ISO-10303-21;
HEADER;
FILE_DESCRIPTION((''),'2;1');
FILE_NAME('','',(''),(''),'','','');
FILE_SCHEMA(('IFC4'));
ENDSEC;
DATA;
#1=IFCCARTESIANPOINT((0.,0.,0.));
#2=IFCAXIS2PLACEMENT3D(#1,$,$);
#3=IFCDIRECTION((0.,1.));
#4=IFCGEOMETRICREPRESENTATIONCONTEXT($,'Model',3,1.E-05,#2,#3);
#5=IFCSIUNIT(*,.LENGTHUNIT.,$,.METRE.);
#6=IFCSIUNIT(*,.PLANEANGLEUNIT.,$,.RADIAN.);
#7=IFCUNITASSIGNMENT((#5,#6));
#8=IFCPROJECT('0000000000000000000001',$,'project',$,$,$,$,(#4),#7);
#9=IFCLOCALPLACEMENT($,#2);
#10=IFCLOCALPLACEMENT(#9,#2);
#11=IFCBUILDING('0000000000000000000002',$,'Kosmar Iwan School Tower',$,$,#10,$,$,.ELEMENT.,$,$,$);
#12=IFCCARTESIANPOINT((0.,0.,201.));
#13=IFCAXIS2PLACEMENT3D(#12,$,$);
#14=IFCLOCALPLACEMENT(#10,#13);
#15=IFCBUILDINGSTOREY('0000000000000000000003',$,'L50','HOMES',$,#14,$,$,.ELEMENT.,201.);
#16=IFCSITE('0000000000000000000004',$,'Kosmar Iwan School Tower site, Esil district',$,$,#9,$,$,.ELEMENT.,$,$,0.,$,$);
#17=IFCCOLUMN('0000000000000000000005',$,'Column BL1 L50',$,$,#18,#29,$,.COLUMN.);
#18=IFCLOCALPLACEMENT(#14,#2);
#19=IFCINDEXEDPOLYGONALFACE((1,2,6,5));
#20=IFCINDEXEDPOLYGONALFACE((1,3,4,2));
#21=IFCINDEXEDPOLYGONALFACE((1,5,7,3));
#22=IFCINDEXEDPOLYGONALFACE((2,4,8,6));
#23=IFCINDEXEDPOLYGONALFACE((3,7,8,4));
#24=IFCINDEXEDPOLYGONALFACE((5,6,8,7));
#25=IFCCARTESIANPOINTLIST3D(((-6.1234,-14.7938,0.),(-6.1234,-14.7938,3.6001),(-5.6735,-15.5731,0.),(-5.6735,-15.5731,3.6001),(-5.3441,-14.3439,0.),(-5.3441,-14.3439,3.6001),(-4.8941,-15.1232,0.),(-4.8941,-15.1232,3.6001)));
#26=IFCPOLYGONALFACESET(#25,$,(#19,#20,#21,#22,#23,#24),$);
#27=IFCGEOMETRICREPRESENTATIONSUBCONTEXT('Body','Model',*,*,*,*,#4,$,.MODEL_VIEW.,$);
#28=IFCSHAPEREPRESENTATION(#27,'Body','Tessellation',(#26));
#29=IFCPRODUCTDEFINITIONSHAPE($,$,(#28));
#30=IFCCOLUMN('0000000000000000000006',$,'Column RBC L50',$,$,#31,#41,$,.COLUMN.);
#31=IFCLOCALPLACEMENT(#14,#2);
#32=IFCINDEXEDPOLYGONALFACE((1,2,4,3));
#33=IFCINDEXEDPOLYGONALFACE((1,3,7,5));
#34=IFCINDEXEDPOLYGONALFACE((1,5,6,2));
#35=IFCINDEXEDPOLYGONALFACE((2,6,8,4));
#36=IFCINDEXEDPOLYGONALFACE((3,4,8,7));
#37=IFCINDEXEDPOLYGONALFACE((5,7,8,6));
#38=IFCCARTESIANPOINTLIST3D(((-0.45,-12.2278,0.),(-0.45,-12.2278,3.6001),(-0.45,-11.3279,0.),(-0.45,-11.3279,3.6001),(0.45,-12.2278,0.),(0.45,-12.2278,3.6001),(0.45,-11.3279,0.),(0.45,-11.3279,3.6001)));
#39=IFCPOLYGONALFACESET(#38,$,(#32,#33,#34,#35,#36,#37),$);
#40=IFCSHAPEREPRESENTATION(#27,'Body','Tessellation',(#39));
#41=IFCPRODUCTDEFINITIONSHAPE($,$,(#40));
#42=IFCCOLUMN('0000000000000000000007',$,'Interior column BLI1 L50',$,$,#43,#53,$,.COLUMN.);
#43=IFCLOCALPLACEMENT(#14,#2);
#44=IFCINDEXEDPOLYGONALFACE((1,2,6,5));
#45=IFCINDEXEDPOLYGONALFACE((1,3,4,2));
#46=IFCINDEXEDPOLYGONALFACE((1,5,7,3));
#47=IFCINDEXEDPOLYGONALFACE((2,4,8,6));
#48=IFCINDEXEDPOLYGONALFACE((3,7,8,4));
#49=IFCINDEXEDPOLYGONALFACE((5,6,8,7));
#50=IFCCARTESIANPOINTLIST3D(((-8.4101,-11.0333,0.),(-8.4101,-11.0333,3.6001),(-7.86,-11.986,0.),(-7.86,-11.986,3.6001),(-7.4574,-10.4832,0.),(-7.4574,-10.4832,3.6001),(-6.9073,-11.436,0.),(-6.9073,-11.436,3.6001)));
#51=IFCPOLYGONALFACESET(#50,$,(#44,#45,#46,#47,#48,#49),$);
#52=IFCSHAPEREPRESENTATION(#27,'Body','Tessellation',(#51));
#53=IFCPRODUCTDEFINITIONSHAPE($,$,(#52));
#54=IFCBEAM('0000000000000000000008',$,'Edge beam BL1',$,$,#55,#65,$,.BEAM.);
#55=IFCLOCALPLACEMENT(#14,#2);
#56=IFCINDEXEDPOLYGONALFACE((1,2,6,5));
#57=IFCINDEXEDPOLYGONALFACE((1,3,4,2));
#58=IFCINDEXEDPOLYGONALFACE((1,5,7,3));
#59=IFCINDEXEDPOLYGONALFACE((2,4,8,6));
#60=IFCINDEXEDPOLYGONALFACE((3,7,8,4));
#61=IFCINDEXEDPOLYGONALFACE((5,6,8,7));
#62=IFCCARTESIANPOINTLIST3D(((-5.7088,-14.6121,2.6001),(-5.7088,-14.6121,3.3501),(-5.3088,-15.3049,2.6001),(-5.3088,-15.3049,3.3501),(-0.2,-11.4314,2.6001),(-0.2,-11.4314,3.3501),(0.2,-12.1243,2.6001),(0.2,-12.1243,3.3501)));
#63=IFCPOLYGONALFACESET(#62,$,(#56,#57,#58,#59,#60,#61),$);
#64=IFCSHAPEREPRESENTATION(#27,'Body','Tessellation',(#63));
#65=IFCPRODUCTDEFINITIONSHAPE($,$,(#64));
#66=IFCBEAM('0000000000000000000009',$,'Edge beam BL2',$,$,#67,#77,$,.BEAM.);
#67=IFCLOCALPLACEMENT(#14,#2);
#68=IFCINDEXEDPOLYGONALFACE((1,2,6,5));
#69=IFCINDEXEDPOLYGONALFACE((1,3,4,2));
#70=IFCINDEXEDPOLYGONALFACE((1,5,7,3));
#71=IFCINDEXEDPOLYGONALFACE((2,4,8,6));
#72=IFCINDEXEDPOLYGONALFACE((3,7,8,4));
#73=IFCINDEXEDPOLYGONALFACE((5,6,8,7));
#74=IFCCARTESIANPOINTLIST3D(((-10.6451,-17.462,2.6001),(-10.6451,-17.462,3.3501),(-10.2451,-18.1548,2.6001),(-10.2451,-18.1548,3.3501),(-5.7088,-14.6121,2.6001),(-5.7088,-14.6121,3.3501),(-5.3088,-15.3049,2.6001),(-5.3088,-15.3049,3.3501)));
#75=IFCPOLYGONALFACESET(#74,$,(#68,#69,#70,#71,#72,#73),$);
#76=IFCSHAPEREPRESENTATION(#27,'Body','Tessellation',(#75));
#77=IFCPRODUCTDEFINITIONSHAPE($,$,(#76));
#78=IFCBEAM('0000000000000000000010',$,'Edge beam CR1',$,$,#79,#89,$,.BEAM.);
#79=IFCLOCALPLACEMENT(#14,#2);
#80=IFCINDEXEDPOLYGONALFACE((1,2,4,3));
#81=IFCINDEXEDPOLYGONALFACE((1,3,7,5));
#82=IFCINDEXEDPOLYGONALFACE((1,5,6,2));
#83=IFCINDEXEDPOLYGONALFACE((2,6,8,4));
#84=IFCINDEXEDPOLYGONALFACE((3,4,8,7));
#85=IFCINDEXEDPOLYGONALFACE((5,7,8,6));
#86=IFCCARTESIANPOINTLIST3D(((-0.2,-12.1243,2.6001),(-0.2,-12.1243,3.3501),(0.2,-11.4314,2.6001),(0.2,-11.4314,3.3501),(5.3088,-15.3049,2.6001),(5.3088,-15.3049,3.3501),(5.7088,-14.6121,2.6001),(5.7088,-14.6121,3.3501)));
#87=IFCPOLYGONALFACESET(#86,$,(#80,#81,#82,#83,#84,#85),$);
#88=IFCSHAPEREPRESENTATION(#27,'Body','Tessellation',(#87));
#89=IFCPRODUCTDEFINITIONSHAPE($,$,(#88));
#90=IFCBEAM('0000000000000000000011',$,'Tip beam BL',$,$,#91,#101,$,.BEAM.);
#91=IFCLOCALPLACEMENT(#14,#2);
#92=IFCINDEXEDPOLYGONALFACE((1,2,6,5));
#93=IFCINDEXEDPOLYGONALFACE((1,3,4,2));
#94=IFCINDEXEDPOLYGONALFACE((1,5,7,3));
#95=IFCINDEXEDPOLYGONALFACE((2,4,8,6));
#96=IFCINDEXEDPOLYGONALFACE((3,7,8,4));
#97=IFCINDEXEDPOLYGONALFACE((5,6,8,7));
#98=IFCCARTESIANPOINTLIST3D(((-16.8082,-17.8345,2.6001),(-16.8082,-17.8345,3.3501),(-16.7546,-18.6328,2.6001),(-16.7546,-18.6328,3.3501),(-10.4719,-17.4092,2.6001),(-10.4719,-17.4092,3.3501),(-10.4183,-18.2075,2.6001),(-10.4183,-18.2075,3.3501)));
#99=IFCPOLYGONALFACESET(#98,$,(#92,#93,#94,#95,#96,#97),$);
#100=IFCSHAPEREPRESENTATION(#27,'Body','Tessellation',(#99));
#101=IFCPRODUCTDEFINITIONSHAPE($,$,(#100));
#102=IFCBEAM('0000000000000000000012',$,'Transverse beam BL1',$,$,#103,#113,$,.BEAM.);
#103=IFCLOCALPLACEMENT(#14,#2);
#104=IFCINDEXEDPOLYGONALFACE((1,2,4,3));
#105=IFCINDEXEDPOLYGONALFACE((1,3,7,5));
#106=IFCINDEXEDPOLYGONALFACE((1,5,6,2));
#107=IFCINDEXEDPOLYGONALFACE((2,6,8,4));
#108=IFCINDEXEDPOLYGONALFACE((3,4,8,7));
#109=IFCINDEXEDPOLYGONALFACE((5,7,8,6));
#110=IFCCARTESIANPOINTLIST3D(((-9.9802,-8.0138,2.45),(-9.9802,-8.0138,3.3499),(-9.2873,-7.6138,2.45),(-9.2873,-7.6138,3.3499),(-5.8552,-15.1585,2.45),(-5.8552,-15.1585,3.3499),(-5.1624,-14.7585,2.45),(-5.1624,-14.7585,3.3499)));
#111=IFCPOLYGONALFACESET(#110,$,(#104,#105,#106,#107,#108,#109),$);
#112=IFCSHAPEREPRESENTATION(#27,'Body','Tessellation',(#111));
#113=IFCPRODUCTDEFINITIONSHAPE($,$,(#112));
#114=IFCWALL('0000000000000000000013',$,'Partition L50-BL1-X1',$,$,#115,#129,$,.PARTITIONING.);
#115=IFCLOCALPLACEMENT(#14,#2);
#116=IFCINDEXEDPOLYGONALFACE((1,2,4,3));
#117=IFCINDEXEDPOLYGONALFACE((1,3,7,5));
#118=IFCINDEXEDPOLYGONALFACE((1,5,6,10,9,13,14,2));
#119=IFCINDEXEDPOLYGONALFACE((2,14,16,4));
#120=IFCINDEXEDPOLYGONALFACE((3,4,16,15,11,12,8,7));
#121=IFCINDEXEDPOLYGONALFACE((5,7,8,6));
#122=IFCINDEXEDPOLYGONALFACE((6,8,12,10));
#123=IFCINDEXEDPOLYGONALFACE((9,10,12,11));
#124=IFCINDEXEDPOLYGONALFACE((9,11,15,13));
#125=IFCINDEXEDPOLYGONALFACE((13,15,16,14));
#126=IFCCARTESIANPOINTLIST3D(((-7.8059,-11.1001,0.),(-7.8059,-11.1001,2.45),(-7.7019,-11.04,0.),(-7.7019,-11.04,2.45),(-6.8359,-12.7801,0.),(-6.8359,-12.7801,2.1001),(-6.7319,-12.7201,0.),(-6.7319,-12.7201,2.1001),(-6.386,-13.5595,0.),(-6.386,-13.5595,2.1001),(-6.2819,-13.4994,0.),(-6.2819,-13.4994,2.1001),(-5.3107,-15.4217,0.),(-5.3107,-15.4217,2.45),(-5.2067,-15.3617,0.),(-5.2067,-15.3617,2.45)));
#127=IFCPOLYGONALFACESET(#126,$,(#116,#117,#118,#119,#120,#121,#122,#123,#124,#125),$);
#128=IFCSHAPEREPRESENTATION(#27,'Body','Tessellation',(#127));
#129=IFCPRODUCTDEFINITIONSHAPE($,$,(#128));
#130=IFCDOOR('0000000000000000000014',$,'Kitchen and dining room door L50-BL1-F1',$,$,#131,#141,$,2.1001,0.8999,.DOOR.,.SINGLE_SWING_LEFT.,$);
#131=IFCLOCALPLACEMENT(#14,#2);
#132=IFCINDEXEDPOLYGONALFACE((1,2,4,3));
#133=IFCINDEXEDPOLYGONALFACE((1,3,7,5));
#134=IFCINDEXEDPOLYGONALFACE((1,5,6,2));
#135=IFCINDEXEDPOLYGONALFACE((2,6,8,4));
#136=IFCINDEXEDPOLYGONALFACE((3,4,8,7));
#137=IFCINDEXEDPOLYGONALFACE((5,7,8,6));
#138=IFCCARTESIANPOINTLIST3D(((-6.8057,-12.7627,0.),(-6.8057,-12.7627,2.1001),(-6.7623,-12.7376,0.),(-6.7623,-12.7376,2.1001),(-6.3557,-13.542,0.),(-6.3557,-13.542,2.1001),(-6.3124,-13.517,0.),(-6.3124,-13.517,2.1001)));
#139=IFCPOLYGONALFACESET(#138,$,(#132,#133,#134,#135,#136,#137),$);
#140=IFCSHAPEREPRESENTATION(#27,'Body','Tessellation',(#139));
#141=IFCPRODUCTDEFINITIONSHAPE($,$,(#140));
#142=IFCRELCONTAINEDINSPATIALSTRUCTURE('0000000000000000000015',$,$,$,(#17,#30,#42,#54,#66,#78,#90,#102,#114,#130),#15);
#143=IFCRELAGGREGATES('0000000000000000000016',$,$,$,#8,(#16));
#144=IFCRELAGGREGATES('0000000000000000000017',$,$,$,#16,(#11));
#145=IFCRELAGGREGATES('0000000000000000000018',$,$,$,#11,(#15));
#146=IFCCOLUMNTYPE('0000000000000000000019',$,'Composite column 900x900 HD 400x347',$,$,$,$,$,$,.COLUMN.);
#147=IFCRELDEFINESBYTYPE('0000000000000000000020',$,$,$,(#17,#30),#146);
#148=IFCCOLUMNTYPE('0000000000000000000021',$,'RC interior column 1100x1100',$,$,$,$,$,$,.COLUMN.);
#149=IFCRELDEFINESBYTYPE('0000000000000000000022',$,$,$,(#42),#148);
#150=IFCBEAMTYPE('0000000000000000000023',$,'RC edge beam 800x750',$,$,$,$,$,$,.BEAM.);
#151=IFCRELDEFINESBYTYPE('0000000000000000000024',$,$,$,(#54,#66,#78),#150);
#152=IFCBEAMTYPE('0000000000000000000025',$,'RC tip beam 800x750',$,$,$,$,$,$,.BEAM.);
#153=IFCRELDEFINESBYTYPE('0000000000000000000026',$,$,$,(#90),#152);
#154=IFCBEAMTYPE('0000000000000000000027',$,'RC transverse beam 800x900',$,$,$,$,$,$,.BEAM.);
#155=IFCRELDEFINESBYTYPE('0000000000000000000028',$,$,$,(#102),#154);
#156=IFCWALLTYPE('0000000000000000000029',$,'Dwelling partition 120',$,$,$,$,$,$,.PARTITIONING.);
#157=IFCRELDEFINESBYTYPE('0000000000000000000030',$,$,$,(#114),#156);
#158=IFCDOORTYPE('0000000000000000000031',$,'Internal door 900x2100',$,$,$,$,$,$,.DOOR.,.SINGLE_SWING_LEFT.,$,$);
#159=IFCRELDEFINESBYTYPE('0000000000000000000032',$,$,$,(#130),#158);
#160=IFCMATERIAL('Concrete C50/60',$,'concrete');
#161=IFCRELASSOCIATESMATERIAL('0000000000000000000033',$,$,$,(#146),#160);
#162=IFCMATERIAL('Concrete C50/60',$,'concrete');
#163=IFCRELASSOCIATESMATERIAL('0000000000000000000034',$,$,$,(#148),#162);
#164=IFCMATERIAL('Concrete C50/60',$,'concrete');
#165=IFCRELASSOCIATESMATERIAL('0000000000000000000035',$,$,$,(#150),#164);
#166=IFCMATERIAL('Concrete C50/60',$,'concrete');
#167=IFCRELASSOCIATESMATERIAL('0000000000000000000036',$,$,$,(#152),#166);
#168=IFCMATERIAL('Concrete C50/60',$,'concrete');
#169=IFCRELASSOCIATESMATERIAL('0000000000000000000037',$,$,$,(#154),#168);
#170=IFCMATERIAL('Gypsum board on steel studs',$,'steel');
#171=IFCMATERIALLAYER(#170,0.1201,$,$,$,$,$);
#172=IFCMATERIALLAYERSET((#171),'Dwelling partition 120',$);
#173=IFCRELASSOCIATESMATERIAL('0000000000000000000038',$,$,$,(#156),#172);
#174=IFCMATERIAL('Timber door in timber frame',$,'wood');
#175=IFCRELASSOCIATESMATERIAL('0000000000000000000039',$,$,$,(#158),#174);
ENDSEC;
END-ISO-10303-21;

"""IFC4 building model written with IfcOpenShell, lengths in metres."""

from ifc_helpers import new_model, si_unit, direction, frame, frame_2d, origin, origin_2d, place, context, subcontext, project, spatial, rectangle, extrude, material, layer, layer_set, material_profile, profile_set, type_object, element, fill, save


model = new_model("IFC4")

# Units and contexts
model_context = context("Model", 3, precision=1e-05, world=origin(), true_north=direction((0.0, 1.0)))
body_context = subcontext(model_context, "Body", "Model", "MODEL_VIEW")
ifc_project = project(units=[si_unit("LENGTHUNIT", "METRE"), si_unit("PLANEANGLEUNIT", "RADIAN")], contexts=[model_context])

# Site, building, storey
site_placement = place(None, origin())
site = spatial("IfcSite", under=ifc_project, at=site_placement, Name="Kosmar Iwan School Tower site, Esil district", CompositionType="ELEMENT", RefElevation=0.0)
building_placement = place(site_placement, origin())
building = spatial("IfcBuilding", under=site, at=building_placement, Name="Kosmar Iwan School Tower", CompositionType="ELEMENT")
storey_placement = place(building_placement, frame((0.0, 0.0, 201.0)))
storey = spatial("IfcBuildingStorey", under=building, at=storey_placement, Name="L50", Description="HOMES", CompositionType="ELEMENT", Elevation=201.0)

# Columns
ifc_material_1 = material(Name="Concrete C50/60", Category="concrete")
ifc_material_profile_1 = material_profile(ifc_material_1, rectangle(XDim=0.8999, YDim=0.8999, at=origin_2d()), Name="RC 900x900 + HD 400x347")
ifc_profile_set_1 = profile_set([ifc_material_profile_1], Name="Concrete C50/60")
column_type_1 = type_object("IfcColumnType", Name="Composite column 900x900 HD 400x347", PredefinedType="COLUMN", material=ifc_profile_set_1)
for number, where, z_axis, x_axis, name in (
    (1, (-5.5088, -14.9585, 0.0), (0.0, 0.0, 1.0), (-0.866025, -0.5, 0.0), "Column BL1 L50"),
    (2, (0.0, -11.7778, 0.0), (0.0, 0.0, 1.0), (1.0, 0.0, 0.0), "Column RBC L50"),
):
    element("IfcColumn", number, at=place(storey_placement, frame(where, z_axis=z_axis, x_axis=x_axis)), inside=storey, type_object=column_type_1, Name=name, PredefinedType="COLUMN", context=body_context, shape_type="SweptSolid", body=[
        extrude(rectangle(XDim=0.8999, YDim=0.8999, at=origin_2d()), origin(), (0.0, 0.0, 1.0), 3.6001),
    ])
ifc_material_2 = material(Name="Concrete C50/60", Category="concrete")
ifc_material_profile_2 = material_profile(ifc_material_2, rectangle(XDim=1.1001, YDim=1.1001, at=origin_2d()), Name="RC 1100x1100")
ifc_profile_set_2 = profile_set([ifc_material_profile_2], Name="Concrete C50/60")
column_type_2 = type_object("IfcColumnType", Name="RC interior column 1100x1100", PredefinedType="COLUMN", material=ifc_profile_set_2)
column_placement = place(storey_placement, frame((-7.6587, -11.2346, 0.0), z_axis=(0.0, 0.0, 1.0), x_axis=(-0.866025, -0.5, 0.0)))
element("IfcColumn", 3, at=column_placement, inside=storey, type_object=column_type_2, Name="Interior column BLI1 L50", PredefinedType="COLUMN", context=body_context, shape_type="SweptSolid", body=[
    extrude(rectangle(XDim=1.1001, YDim=1.1001, at=origin_2d()), origin(), (0.0, 0.0, 1.0), 3.6001),
])

# Beams
ifc_material_3 = material(Name="Concrete C50/60", Category="concrete")
ifc_material_profile_3 = material_profile(ifc_material_3, rectangle(XDim=0.8, YDim=0.75, at=origin_2d()), Name="RC 800x750")
ifc_profile_set_3 = profile_set([ifc_material_profile_3], Name="Concrete C50/60")
beam_type_1 = type_object("IfcBeamType", Name="RC edge beam 800x750", PredefinedType="BEAM", material=ifc_profile_set_3)
beam_1_placement = place(storey_placement, frame((0.0, -11.7778, 2.9751), z_axis=(-0.866014, -0.500019, 0.0), x_axis=(0.500019, -0.866014, 0.0)))
element("IfcBeam", 4, at=beam_1_placement, inside=storey, type_object=beam_type_1, Name="Edge beam BL1", PredefinedType="BEAM", context=body_context, shape_type="SweptSolid", body=[
    extrude(rectangle(XDim=0.8, YDim=0.75, at=origin_2d()), origin(), (0.0, 0.0, 1.0), 6.3611),
])
beam_2_placement = place(storey_placement, frame((-5.5088, -14.9585, 2.9751), z_axis=(-0.866034, -0.499986, 0.0), x_axis=(0.499986, -0.866034, 0.0)))
element("IfcBeam", 5, at=beam_2_placement, inside=storey, type_object=beam_type_1, Name="Edge beam BL2", PredefinedType="BEAM", context=body_context, shape_type="SweptSolid", body=[
    extrude(rectangle(XDim=0.8, YDim=0.75, at=origin_2d()), origin(), (0.0, 0.0, 1.0), 5.7),
])
beam_3_placement = place(storey_placement, frame((0.0, -11.7778, 2.9751), z_axis=(0.866014, -0.500019, 0.0), x_axis=(0.500019, 0.866014, 0.0)))
element("IfcBeam", 6, at=beam_3_placement, inside=storey, type_object=beam_type_1, Name="Edge beam CR1", PredefinedType="BEAM", context=body_context, shape_type="SweptSolid", body=[
    extrude(rectangle(XDim=0.8, YDim=0.75, at=origin_2d()), origin(), (0.0, 0.0, 1.0), 6.3611),
])
ifc_material_4 = material(Name="Concrete C50/60", Category="concrete")
ifc_material_profile_4 = material_profile(ifc_material_4, rectangle(XDim=0.8, YDim=0.75, at=origin_2d()), Name="RC 800x750")
ifc_profile_set_4 = profile_set([ifc_material_profile_4], Name="Concrete C50/60")
beam_type_2 = type_object("IfcBeamType", Name="RC tip beam 800x750", PredefinedType="BEAM", material=ifc_profile_set_4)
beam_4_placement = place(storey_placement, frame((-10.4451, -17.8083, 2.9751), z_axis=(-0.997755, -0.066968, 0.0), x_axis=(0.066968, -0.997755, 0.0)))
element("IfcBeam", 7, at=beam_4_placement, inside=storey, type_object=beam_type_2, Name="Tip beam BL", PredefinedType="BEAM", context=body_context, shape_type="SweptSolid", body=[
    extrude(rectangle(XDim=0.8, YDim=0.75, at=origin_2d()), origin(), (0.0, 0.0, 1.0), 6.3506),
])
ifc_material_5 = material(Name="Concrete C50/60", Category="concrete")
ifc_material_profile_5 = material_profile(ifc_material_5, rectangle(XDim=0.8, YDim=0.8999, at=origin_2d()), Name="RC 800x900")
ifc_profile_set_5 = profile_set([ifc_material_profile_5], Name="Concrete C50/60")
beam_type_3 = type_object("IfcBeamType", Name="RC transverse beam 800x900", PredefinedType="BEAM", material=ifc_profile_set_5)
beam_5_placement = place(storey_placement, frame((-5.5088, -14.9585, 2.8999), z_axis=(-0.499997, 0.866027, 0.0), x_axis=(-0.866027, -0.499997, 0.0)))
element("IfcBeam", 8, at=beam_5_placement, inside=storey, type_object=beam_type_3, Name="Transverse beam BL1", PredefinedType="BEAM", context=body_context, shape_type="SweptSolid", body=[
    extrude(rectangle(XDim=0.8, YDim=0.8999, at=origin_2d()), origin(), (0.0, 0.0, 1.0), 8.25),
])

# Wall, opening, door
ifc_material_6 = material(Name="Gypsum board on steel studs", Category="steel")
ifc_layer_1 = layer(ifc_material_6, 0.1201)
ifc_layer_set_1 = layer_set([ifc_layer_1], Name="Dwelling partition 120")
wall_type_1 = type_object("IfcWallType", Name="Dwelling partition 120", PredefinedType="PARTITIONING", material=ifc_layer_set_1)
wall_1_placement = place(storey_placement, frame((-7.7539, -11.0701, 0.0), z_axis=(0.0, 0.0, 1.0), x_axis=(0.500012, -0.866019, 0.0)))
wall_1 = element("IfcWall", 9, at=wall_1_placement, inside=storey, type_object=wall_type_1, Name="Partition L50-BL1-X1", PredefinedType="PARTITIONING", context=body_context, shape_type="SweptSolid", body=[
    extrude(rectangle(XDim=4.9902, YDim=0.1201, at=frame_2d((2.4951, 0.0))), origin(), (0.0, 0.0, 1.0), 2.45),
])
opening_1_placement = place(wall_1_placement, frame((1.9399, 0.0, 0.0)))
opening_1 = element("IfcOpeningElement", 10, at=opening_1_placement, cuts=wall_1, PredefinedType="OPENING", context=body_context, shape_type="SweptSolid", body=[
    extrude(rectangle(XDim=0.8999, YDim=2.1001, at=frame_2d((0.45, 1.05))), frame((0.0, 0.072, 0.0), z_axis=(0.0, -1.0, 0.0), x_axis=(1.0, 0.0, 0.0)), (0.0, 0.0, 1.0), 0.144),
])
ifc_material_7 = material(Name="Timber door in timber frame", Category="wood")
door_type = type_object("IfcDoorType", Name="Internal door 900x2100", OperationType="SINGLE_SWING_LEFT", PredefinedType="DOOR", material=ifc_material_7)
door_placement = place(opening_1_placement, origin())
door = element("IfcDoor", 11, at=door_placement, inside=storey, type_object=door_type, Name="Kitchen and dining room door L50-BL1-F1", OperationType="SINGLE_SWING_LEFT", OverallHeight=2.1001, OverallWidth=0.8999, PredefinedType="DOOR", context=body_context, shape_type="SweptSolid", body=[
    extrude(rectangle(XDim=0.8999, YDim=2.1001, at=frame_2d((0.45, 1.05))), frame((0.0, 0.0249, 0.0), z_axis=(0.0, -1.0, 0.0), x_axis=(1.0, 0.0, 0.0)), (0.0, 0.0, 1.0), 0.05),
])
fill(opening_1, door)

save(model, "model.ifc")
